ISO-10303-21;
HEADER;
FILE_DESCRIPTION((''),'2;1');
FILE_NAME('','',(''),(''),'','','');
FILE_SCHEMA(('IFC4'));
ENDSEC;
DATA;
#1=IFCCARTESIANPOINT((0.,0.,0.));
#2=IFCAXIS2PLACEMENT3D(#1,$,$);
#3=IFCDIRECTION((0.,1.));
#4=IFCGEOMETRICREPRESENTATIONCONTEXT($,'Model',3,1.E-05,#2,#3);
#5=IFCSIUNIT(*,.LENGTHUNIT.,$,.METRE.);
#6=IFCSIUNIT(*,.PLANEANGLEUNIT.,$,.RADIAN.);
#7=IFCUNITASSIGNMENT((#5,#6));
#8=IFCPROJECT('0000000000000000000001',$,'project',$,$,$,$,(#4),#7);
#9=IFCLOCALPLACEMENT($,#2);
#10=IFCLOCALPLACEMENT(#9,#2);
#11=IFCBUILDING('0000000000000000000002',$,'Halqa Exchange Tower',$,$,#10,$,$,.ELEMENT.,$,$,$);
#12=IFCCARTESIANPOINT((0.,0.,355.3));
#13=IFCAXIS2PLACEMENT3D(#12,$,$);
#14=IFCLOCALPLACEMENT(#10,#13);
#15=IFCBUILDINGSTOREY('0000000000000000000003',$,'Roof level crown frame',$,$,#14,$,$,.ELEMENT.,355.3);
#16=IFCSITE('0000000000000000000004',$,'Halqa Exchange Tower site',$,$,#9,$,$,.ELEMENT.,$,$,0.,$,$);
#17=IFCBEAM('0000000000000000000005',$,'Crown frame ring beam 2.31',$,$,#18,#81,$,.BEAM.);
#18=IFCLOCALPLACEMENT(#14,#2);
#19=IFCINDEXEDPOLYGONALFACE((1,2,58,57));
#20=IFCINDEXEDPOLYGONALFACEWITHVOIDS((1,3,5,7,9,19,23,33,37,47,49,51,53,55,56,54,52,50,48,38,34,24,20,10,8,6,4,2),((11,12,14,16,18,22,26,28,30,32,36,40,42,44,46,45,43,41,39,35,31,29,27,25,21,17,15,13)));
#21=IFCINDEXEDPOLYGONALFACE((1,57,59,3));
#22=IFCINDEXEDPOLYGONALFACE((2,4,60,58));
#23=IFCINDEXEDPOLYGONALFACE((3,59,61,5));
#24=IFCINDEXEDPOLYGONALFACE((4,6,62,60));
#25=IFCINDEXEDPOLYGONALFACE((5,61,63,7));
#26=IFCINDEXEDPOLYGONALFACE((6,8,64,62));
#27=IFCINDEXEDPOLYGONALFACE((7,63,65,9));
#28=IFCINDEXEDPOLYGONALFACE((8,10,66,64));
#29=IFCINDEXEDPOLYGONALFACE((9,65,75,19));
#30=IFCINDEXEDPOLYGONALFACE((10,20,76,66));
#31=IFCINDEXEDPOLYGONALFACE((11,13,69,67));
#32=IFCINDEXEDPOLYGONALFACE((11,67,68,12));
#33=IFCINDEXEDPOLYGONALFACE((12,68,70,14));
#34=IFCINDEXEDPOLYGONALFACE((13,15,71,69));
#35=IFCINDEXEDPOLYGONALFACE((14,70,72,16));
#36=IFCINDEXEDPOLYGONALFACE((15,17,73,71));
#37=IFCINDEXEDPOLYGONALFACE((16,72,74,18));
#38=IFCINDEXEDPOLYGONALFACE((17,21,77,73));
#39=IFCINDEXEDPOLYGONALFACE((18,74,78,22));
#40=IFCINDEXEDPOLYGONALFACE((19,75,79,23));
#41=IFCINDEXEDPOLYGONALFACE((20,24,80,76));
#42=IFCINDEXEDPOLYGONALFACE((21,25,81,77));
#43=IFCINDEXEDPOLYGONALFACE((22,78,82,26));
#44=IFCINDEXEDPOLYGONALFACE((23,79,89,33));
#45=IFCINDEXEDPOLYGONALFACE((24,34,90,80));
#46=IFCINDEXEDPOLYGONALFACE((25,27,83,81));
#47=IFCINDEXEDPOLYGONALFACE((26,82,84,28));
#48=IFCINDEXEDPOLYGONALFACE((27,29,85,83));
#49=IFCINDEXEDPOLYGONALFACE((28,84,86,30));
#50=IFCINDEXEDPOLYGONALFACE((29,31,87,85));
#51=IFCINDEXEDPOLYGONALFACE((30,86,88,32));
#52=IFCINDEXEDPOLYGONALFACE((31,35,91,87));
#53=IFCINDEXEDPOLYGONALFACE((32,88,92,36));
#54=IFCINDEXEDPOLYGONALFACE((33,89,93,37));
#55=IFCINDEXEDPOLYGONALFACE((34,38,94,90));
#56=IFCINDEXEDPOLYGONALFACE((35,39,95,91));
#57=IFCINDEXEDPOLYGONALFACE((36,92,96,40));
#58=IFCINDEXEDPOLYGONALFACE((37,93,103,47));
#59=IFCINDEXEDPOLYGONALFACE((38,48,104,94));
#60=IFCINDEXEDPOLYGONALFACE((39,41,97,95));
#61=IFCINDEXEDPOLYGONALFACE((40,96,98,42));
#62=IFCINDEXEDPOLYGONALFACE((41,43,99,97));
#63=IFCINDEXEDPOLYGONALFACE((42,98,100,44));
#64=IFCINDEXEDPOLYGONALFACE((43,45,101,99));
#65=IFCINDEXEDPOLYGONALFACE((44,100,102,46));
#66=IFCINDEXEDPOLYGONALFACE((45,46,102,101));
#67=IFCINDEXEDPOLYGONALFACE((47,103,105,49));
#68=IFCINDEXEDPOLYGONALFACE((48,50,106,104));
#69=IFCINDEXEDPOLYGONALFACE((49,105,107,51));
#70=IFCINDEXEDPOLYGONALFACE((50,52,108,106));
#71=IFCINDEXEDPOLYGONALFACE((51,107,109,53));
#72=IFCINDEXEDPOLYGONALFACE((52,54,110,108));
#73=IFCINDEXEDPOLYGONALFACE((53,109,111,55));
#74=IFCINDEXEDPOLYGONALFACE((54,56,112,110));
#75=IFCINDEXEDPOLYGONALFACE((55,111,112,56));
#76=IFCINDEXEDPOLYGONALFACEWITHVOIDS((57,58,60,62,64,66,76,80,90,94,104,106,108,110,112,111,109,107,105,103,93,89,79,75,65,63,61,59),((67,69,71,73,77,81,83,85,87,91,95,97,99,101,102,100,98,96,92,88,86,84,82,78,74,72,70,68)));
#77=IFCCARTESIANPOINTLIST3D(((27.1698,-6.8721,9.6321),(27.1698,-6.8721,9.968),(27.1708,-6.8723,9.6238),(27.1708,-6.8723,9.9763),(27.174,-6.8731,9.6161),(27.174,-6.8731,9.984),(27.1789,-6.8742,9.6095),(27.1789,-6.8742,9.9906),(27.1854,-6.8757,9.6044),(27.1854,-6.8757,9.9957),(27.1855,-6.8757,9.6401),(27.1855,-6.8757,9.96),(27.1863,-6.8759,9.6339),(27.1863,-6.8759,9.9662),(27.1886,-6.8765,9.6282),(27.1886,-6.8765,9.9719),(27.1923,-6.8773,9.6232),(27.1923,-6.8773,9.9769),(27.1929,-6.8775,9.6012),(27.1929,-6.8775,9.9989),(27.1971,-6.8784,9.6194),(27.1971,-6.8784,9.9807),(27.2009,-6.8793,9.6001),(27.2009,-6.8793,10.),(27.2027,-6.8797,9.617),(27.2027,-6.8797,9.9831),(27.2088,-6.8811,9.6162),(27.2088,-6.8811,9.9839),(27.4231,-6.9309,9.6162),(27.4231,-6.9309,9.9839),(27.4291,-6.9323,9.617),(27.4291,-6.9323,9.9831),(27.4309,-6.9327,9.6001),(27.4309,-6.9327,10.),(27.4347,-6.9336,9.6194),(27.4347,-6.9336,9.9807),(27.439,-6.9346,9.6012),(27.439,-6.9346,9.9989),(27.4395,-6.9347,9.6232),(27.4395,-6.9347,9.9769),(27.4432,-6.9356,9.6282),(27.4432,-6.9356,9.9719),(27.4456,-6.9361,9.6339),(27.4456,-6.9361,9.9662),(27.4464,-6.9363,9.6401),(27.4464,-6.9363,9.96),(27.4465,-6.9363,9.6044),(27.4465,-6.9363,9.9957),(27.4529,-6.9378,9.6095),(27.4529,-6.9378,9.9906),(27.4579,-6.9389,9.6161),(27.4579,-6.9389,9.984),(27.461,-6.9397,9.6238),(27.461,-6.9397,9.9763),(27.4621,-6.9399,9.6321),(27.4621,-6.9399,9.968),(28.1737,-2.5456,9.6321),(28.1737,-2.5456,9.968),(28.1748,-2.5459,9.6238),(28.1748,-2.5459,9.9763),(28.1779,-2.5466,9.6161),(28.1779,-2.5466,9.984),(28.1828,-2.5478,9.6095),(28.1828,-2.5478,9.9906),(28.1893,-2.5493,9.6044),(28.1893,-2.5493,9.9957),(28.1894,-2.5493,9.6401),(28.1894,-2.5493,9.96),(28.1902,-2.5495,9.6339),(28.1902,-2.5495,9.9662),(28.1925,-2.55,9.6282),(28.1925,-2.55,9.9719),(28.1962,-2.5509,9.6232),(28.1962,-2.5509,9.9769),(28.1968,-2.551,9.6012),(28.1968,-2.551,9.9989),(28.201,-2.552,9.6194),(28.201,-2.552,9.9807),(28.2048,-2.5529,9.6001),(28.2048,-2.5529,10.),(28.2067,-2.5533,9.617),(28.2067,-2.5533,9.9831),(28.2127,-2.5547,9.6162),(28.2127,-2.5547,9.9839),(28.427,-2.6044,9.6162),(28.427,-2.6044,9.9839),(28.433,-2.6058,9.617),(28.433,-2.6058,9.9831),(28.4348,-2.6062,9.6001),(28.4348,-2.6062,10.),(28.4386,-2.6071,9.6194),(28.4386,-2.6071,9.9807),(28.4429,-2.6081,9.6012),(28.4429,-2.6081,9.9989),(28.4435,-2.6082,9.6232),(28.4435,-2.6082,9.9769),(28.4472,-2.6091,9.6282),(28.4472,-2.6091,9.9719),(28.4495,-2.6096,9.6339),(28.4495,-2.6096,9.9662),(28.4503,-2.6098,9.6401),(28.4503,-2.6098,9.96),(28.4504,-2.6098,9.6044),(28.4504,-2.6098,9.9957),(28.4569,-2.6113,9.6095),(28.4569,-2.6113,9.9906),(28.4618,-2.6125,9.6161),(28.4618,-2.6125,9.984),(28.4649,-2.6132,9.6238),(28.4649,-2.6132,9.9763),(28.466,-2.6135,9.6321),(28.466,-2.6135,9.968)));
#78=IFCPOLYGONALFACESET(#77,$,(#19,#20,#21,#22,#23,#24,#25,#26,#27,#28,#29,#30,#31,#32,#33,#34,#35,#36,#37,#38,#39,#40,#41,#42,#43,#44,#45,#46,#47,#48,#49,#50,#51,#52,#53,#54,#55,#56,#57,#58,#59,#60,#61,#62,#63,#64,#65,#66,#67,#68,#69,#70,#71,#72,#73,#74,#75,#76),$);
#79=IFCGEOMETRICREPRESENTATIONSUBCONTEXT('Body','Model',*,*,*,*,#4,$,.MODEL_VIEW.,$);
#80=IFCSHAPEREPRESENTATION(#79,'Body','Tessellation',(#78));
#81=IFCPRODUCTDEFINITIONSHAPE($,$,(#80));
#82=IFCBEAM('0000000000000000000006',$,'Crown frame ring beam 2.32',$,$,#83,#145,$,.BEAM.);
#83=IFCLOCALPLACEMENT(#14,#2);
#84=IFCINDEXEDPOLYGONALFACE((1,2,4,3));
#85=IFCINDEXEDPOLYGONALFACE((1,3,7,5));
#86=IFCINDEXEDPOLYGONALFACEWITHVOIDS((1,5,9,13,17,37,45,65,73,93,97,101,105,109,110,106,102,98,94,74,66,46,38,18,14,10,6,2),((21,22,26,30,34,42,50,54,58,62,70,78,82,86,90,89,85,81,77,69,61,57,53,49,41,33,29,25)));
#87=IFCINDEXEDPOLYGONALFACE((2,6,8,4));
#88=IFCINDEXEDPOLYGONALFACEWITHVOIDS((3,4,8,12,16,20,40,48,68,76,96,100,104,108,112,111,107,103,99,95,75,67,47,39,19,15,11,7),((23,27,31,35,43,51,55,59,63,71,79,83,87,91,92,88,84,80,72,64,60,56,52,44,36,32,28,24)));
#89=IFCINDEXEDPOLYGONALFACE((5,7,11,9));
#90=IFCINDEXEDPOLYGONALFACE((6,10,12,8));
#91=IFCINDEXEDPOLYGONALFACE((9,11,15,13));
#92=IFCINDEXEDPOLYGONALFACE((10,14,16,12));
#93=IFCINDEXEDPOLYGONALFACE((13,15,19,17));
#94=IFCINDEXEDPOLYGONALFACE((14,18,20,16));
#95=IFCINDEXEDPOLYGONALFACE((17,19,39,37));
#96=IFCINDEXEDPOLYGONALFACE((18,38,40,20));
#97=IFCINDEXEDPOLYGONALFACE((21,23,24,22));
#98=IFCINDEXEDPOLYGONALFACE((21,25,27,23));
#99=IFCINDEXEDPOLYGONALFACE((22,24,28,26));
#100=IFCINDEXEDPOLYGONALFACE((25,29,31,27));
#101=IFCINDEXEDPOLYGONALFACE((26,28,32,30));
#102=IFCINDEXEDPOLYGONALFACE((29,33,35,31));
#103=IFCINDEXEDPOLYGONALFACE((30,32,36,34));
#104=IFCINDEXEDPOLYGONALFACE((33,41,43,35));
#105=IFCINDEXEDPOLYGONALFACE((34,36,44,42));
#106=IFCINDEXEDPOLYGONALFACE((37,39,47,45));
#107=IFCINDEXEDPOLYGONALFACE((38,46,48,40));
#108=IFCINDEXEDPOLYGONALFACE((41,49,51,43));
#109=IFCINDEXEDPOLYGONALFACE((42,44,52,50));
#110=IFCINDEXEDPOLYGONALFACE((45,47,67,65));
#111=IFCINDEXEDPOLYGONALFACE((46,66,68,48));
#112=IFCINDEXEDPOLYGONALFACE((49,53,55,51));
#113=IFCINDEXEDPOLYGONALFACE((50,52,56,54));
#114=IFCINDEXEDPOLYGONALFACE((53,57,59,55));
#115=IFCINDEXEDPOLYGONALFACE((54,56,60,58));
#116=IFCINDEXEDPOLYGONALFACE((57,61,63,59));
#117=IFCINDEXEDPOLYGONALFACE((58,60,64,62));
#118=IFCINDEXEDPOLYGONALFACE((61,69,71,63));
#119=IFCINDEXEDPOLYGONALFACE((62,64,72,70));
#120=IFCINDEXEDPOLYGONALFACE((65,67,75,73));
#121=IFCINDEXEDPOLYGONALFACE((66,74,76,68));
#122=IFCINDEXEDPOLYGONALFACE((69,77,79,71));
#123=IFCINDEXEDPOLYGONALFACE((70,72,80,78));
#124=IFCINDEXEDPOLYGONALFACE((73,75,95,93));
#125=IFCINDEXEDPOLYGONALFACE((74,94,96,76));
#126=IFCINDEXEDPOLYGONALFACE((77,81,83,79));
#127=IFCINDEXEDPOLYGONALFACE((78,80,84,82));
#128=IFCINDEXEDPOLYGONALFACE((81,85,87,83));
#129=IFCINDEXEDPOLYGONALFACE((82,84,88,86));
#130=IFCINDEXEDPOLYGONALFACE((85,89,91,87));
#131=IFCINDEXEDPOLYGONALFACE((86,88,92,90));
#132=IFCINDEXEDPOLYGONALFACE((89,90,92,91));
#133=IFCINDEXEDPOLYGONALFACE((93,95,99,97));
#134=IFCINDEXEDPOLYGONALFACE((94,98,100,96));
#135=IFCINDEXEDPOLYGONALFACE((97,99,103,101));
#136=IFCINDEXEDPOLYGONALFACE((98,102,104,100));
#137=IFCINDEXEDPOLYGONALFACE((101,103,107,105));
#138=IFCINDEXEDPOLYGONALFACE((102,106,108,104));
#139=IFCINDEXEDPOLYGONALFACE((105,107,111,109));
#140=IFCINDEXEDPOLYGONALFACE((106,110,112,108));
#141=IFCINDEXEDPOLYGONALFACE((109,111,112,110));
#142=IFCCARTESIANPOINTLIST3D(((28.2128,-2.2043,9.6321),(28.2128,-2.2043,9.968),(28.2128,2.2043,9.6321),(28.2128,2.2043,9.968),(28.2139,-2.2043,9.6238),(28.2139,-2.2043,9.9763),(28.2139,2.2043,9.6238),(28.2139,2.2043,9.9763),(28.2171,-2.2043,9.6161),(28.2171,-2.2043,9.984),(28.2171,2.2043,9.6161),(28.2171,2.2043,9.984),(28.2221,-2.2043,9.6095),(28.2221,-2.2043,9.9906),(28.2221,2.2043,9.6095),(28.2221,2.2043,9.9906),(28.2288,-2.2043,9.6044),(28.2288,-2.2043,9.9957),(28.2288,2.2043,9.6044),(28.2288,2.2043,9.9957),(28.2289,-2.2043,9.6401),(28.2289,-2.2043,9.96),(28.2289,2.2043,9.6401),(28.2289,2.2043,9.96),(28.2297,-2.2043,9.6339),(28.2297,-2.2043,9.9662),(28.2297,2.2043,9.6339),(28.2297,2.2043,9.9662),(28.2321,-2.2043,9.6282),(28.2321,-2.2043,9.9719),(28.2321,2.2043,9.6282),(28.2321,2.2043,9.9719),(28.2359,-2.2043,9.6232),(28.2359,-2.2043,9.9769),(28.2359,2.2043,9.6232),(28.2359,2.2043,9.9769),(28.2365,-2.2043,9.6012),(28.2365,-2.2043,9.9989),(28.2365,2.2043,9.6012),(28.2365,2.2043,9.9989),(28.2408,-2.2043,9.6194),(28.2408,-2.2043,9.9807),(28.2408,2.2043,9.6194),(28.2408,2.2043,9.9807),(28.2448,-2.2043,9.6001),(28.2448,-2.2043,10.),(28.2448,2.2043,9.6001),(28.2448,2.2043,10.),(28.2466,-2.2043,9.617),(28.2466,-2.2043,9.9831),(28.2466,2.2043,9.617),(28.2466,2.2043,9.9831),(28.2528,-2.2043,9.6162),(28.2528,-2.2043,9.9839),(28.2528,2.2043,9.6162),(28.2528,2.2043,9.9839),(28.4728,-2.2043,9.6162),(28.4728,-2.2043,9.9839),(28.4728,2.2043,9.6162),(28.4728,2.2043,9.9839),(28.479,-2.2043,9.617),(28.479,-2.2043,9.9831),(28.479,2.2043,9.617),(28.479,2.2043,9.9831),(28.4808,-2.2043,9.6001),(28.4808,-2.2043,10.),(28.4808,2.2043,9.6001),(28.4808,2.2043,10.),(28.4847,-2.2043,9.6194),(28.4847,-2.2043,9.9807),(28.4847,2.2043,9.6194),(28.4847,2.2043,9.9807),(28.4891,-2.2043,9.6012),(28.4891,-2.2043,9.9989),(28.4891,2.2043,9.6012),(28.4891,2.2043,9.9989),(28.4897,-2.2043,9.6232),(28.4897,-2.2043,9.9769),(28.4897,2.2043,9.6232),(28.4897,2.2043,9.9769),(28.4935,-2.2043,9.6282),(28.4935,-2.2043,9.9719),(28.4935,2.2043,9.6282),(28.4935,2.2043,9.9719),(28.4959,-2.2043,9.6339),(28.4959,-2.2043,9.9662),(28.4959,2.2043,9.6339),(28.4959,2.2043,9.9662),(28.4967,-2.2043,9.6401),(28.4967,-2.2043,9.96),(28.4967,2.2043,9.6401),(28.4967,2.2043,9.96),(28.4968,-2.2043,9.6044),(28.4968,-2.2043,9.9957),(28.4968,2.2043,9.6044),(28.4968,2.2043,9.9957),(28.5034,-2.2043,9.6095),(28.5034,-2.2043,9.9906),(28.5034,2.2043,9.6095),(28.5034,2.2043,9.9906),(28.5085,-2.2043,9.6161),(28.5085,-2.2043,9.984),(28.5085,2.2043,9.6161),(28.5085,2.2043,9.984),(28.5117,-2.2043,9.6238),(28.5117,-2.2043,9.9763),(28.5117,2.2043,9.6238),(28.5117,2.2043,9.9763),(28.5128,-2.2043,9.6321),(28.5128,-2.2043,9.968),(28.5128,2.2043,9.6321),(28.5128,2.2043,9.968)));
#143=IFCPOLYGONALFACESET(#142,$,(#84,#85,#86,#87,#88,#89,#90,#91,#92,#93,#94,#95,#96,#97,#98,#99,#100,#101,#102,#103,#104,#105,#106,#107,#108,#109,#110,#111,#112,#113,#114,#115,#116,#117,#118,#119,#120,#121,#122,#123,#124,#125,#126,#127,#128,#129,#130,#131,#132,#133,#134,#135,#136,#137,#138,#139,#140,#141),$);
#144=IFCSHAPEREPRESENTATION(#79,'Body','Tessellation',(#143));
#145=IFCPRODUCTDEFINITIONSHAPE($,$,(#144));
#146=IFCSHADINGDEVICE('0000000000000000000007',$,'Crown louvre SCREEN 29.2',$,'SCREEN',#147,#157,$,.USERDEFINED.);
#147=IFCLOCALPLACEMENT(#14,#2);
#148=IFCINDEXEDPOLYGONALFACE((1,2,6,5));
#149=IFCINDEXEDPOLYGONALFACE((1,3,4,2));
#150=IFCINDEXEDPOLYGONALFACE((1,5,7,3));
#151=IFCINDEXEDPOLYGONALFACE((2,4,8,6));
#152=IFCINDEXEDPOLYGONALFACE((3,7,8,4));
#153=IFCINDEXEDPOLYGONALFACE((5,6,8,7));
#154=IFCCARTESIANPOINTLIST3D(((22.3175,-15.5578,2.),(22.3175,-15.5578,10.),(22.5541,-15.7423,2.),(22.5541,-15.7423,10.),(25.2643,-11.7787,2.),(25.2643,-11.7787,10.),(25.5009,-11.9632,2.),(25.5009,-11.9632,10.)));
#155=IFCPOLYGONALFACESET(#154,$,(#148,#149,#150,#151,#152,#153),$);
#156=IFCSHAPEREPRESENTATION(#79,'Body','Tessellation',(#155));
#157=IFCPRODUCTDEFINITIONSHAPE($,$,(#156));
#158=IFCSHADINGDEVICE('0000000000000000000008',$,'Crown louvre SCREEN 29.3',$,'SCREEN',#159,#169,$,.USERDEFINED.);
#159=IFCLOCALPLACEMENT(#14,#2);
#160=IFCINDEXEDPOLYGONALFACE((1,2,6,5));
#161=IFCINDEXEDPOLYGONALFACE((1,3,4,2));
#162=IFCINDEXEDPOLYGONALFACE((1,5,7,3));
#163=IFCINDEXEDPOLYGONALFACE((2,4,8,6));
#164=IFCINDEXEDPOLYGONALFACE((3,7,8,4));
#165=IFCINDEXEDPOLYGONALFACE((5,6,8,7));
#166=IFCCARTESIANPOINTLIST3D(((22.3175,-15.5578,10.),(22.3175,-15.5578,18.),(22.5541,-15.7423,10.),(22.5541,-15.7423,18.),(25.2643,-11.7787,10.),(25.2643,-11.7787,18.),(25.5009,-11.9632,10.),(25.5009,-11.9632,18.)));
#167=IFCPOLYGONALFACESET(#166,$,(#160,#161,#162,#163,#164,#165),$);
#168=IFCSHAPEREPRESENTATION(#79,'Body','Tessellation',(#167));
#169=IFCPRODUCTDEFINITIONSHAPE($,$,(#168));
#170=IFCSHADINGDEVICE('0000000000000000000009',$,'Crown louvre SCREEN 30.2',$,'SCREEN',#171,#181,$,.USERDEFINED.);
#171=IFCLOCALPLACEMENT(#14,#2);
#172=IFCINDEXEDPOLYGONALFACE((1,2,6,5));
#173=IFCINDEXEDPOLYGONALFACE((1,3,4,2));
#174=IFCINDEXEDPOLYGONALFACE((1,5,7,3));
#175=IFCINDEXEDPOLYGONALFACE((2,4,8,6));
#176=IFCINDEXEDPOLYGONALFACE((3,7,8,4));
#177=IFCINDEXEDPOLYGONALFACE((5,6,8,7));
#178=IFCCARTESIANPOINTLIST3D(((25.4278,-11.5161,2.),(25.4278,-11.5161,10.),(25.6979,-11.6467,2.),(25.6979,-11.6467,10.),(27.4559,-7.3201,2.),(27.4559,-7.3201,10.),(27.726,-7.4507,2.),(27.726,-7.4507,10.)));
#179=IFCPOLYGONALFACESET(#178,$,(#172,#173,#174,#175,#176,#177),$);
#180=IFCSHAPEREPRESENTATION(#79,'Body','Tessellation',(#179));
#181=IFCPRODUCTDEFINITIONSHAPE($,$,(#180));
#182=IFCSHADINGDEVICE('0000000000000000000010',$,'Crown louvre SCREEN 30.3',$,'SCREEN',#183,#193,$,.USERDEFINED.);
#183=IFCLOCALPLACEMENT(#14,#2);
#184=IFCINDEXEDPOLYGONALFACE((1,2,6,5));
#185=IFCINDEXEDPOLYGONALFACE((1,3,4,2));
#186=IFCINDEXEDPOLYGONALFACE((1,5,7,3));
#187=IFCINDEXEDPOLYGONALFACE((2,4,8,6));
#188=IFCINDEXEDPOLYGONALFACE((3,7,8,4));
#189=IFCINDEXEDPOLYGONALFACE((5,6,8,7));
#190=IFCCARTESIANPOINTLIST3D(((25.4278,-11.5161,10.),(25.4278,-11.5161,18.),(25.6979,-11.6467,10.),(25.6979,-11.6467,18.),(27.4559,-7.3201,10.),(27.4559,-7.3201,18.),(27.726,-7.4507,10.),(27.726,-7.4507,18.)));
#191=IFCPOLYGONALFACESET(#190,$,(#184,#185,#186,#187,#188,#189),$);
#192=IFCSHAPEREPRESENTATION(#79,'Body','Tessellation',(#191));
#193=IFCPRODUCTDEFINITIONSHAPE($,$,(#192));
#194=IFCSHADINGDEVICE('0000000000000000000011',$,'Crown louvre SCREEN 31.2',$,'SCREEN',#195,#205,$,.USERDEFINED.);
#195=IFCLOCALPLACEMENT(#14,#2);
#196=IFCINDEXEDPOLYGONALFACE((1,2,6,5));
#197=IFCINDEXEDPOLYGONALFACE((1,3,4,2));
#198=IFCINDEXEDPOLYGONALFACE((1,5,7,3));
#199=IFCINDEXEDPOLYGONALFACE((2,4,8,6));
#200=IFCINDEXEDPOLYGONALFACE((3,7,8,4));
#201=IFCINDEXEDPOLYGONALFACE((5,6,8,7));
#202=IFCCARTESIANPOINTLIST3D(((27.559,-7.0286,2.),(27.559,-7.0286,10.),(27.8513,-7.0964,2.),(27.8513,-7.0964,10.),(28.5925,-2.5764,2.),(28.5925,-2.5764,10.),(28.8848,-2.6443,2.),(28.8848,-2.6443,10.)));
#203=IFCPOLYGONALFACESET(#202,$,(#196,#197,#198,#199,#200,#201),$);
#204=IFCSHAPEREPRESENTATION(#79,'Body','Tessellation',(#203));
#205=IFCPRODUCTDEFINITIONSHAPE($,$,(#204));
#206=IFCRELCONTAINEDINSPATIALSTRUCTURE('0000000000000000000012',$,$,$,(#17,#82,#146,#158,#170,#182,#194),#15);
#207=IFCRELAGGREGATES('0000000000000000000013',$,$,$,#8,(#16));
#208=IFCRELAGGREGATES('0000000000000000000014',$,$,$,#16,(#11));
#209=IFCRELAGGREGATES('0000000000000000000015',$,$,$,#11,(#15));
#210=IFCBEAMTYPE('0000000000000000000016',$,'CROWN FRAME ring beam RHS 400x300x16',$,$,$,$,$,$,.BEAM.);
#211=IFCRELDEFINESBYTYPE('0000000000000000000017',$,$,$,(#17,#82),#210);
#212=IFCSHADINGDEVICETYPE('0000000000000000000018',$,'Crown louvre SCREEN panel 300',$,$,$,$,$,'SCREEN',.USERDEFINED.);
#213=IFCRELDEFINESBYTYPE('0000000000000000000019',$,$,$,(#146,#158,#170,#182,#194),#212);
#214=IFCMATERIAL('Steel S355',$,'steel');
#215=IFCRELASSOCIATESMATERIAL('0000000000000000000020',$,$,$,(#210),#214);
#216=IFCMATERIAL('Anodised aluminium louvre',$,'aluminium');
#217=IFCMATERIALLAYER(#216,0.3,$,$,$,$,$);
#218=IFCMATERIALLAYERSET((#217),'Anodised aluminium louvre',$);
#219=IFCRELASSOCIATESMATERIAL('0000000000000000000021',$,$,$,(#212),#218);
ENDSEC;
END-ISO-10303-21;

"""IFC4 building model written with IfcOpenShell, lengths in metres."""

from ifc_helpers import new_model, si_unit, direction, frame, origin, origin_2d, place, context, subcontext, project, spatial, rectangle, hollow_rectangle, extrude, material, layer, layer_set, material_profile, profile_set, type_object, element, save


model = new_model("IFC4")

# Units and contexts
model_context = context("Model", 3, precision=1e-05, world=origin(), true_north=direction((0.0, 1.0)))
body_context = subcontext(model_context, "Body", "Model", "MODEL_VIEW")
ifc_project = project(units=[si_unit("LENGTHUNIT", "METRE"), si_unit("PLANEANGLEUNIT", "RADIAN")], contexts=[model_context])

# Site, building, storey
site_placement = place(None, origin())
site = spatial("IfcSite", under=ifc_project, at=site_placement, Name="Halqa Exchange Tower site", CompositionType="ELEMENT", RefElevation=0.0)
building_placement = place(site_placement, origin())
building = spatial("IfcBuilding", under=site, at=building_placement, Name="Halqa Exchange Tower", CompositionType="ELEMENT")
storey_placement = place(building_placement, frame((0.0, 0.0, 355.3)))
storey = spatial("IfcBuildingStorey", under=building, at=storey_placement, Name="Roof level crown frame", CompositionType="ELEMENT", Elevation=355.3)

# Shared definitions
ifc_material_1 = material(Name="Steel S355", Category="steel")

# Beams
ifc_material_profile_1 = material_profile(ifc_material_1, hollow_rectangle(XDim=0.3, YDim=0.3999, WallThickness=0.0161, InnerFilletRadius=0.0239, OuterFilletRadius=0.032, at=origin_2d()), Name="RHS 400x300x16")
ifc_profile_set_1 = profile_set([ifc_material_profile_1], Name="Steel S355")
beam_type = type_object("IfcBeamType", Name="CROWN FRAME ring beam RHS 400x300x16", PredefinedType="BEAM", material=ifc_profile_set_1)
beam_1_placement = place(storey_placement, frame((27.3159, -6.906, 9.8), z_axis=(0.226036, 0.974119, 0.0), x_axis=(-0.974119, 0.226036, 0.0)))
element("IfcBeam", 1, at=beam_1_placement, inside=storey, type_object=beam_type, Name="Crown frame ring beam 2.31", PredefinedType="BEAM", context=body_context, shape_type="SweptSolid", body=[
    extrude(hollow_rectangle(XDim=0.3, YDim=0.3999, WallThickness=0.0161, InnerFilletRadius=0.0239, OuterFilletRadius=0.032, at=origin_2d()), origin(), (0.0, 0.0, 1.0), 4.4414),
])
beam_2_placement = place(storey_placement, frame((28.3628, -2.2043, 9.8), z_axis=(0.0, 1.0, 0.0), x_axis=(-1.0, 0.0, 0.0)))
element("IfcBeam", 2, at=beam_2_placement, inside=storey, type_object=beam_type, Name="Crown frame ring beam 2.32", PredefinedType="BEAM", context=body_context, shape_type="SweptSolid", body=[
    extrude(hollow_rectangle(XDim=0.3, YDim=0.3999, WallThickness=0.0161, InnerFilletRadius=0.0239, OuterFilletRadius=0.032, at=origin_2d()), origin(), (0.0, 0.0, 1.0), 4.4087),
])

# Shading devices
ifc_material_2 = material(Name="Anodised aluminium louvre", Category="aluminium")
ifc_layer = layer(ifc_material_2, 0.3)
ifc_layer_set = layer_set([ifc_layer], Name="Anodised aluminium louvre")
shading_device_type = type_object("IfcShadingDeviceType", Name="Crown louvre SCREEN panel 300", ElementType="SCREEN", PredefinedType="USERDEFINED", material=ifc_layer_set)
for number, where, z_axis, x_axis, name in (
    (3, (23.9092, -13.7605, 2.0), (0.0, 0.0, 1.0), (0.614908, 0.788599, 0.0), "Crown louvre SCREEN 29.2"),
    (4, (23.9092, -13.7605, 10.0), (0.0, 0.0, 1.0), (0.614908, 0.788599, 0.0), "Crown louvre SCREEN 29.3"),
):
    element("IfcShadingDevice", number, at=place(storey_placement, frame(where, z_axis=z_axis, x_axis=x_axis)), inside=storey, type_object=shading_device_type, Name=name, ObjectType="SCREEN", PredefinedType="USERDEFINED", context=body_context, shape_type="SweptSolid", body=[
        extrude(rectangle(XDim=4.7922, YDim=0.3, at=origin_2d()), origin(), (0.0, 0.0, 1.0), 8.0),
    ])
for number, where, z_axis, x_axis, name in (
    (5, (26.5769, -9.4834, 2.0), (0.0, 0.0, 1.0), (0.435179, 0.900344, 0.0), "Crown louvre SCREEN 30.2"),
    (6, (26.5769, -9.4834, 10.0), (0.0, 0.0, 1.0), (0.435179, 0.900344, 0.0), "Crown louvre SCREEN 30.3"),
):
    element("IfcShadingDevice", number, at=place(storey_placement, frame(where, z_axis=z_axis, x_axis=x_axis)), inside=storey, type_object=shading_device_type, Name=name, ObjectType="SCREEN", PredefinedType="USERDEFINED", context=body_context, shape_type="SweptSolid", body=[
        extrude(rectangle(XDim=4.6604, YDim=0.3, at=origin_2d()), origin(), (0.0, 0.0, 1.0), 8.0),
    ])
shading_device_1_placement = place(storey_placement, frame((28.2219, -4.8364, 2.0), z_axis=(0.0, 0.0, 1.0), x_axis=(0.226121, 0.974099, 0.0)))
element("IfcShadingDevice", 7, at=shading_device_1_placement, inside=storey, type_object=shading_device_type, Name="Crown louvre SCREEN 31.2", ObjectType="SCREEN", PredefinedType="USERDEFINED", context=body_context, shape_type="SweptSolid", body=[
    extrude(rectangle(XDim=4.5706, YDim=0.3, at=origin_2d()), origin(), (0.0, 0.0, 1.0), 8.0),
])

save(model, "model.ifc")
